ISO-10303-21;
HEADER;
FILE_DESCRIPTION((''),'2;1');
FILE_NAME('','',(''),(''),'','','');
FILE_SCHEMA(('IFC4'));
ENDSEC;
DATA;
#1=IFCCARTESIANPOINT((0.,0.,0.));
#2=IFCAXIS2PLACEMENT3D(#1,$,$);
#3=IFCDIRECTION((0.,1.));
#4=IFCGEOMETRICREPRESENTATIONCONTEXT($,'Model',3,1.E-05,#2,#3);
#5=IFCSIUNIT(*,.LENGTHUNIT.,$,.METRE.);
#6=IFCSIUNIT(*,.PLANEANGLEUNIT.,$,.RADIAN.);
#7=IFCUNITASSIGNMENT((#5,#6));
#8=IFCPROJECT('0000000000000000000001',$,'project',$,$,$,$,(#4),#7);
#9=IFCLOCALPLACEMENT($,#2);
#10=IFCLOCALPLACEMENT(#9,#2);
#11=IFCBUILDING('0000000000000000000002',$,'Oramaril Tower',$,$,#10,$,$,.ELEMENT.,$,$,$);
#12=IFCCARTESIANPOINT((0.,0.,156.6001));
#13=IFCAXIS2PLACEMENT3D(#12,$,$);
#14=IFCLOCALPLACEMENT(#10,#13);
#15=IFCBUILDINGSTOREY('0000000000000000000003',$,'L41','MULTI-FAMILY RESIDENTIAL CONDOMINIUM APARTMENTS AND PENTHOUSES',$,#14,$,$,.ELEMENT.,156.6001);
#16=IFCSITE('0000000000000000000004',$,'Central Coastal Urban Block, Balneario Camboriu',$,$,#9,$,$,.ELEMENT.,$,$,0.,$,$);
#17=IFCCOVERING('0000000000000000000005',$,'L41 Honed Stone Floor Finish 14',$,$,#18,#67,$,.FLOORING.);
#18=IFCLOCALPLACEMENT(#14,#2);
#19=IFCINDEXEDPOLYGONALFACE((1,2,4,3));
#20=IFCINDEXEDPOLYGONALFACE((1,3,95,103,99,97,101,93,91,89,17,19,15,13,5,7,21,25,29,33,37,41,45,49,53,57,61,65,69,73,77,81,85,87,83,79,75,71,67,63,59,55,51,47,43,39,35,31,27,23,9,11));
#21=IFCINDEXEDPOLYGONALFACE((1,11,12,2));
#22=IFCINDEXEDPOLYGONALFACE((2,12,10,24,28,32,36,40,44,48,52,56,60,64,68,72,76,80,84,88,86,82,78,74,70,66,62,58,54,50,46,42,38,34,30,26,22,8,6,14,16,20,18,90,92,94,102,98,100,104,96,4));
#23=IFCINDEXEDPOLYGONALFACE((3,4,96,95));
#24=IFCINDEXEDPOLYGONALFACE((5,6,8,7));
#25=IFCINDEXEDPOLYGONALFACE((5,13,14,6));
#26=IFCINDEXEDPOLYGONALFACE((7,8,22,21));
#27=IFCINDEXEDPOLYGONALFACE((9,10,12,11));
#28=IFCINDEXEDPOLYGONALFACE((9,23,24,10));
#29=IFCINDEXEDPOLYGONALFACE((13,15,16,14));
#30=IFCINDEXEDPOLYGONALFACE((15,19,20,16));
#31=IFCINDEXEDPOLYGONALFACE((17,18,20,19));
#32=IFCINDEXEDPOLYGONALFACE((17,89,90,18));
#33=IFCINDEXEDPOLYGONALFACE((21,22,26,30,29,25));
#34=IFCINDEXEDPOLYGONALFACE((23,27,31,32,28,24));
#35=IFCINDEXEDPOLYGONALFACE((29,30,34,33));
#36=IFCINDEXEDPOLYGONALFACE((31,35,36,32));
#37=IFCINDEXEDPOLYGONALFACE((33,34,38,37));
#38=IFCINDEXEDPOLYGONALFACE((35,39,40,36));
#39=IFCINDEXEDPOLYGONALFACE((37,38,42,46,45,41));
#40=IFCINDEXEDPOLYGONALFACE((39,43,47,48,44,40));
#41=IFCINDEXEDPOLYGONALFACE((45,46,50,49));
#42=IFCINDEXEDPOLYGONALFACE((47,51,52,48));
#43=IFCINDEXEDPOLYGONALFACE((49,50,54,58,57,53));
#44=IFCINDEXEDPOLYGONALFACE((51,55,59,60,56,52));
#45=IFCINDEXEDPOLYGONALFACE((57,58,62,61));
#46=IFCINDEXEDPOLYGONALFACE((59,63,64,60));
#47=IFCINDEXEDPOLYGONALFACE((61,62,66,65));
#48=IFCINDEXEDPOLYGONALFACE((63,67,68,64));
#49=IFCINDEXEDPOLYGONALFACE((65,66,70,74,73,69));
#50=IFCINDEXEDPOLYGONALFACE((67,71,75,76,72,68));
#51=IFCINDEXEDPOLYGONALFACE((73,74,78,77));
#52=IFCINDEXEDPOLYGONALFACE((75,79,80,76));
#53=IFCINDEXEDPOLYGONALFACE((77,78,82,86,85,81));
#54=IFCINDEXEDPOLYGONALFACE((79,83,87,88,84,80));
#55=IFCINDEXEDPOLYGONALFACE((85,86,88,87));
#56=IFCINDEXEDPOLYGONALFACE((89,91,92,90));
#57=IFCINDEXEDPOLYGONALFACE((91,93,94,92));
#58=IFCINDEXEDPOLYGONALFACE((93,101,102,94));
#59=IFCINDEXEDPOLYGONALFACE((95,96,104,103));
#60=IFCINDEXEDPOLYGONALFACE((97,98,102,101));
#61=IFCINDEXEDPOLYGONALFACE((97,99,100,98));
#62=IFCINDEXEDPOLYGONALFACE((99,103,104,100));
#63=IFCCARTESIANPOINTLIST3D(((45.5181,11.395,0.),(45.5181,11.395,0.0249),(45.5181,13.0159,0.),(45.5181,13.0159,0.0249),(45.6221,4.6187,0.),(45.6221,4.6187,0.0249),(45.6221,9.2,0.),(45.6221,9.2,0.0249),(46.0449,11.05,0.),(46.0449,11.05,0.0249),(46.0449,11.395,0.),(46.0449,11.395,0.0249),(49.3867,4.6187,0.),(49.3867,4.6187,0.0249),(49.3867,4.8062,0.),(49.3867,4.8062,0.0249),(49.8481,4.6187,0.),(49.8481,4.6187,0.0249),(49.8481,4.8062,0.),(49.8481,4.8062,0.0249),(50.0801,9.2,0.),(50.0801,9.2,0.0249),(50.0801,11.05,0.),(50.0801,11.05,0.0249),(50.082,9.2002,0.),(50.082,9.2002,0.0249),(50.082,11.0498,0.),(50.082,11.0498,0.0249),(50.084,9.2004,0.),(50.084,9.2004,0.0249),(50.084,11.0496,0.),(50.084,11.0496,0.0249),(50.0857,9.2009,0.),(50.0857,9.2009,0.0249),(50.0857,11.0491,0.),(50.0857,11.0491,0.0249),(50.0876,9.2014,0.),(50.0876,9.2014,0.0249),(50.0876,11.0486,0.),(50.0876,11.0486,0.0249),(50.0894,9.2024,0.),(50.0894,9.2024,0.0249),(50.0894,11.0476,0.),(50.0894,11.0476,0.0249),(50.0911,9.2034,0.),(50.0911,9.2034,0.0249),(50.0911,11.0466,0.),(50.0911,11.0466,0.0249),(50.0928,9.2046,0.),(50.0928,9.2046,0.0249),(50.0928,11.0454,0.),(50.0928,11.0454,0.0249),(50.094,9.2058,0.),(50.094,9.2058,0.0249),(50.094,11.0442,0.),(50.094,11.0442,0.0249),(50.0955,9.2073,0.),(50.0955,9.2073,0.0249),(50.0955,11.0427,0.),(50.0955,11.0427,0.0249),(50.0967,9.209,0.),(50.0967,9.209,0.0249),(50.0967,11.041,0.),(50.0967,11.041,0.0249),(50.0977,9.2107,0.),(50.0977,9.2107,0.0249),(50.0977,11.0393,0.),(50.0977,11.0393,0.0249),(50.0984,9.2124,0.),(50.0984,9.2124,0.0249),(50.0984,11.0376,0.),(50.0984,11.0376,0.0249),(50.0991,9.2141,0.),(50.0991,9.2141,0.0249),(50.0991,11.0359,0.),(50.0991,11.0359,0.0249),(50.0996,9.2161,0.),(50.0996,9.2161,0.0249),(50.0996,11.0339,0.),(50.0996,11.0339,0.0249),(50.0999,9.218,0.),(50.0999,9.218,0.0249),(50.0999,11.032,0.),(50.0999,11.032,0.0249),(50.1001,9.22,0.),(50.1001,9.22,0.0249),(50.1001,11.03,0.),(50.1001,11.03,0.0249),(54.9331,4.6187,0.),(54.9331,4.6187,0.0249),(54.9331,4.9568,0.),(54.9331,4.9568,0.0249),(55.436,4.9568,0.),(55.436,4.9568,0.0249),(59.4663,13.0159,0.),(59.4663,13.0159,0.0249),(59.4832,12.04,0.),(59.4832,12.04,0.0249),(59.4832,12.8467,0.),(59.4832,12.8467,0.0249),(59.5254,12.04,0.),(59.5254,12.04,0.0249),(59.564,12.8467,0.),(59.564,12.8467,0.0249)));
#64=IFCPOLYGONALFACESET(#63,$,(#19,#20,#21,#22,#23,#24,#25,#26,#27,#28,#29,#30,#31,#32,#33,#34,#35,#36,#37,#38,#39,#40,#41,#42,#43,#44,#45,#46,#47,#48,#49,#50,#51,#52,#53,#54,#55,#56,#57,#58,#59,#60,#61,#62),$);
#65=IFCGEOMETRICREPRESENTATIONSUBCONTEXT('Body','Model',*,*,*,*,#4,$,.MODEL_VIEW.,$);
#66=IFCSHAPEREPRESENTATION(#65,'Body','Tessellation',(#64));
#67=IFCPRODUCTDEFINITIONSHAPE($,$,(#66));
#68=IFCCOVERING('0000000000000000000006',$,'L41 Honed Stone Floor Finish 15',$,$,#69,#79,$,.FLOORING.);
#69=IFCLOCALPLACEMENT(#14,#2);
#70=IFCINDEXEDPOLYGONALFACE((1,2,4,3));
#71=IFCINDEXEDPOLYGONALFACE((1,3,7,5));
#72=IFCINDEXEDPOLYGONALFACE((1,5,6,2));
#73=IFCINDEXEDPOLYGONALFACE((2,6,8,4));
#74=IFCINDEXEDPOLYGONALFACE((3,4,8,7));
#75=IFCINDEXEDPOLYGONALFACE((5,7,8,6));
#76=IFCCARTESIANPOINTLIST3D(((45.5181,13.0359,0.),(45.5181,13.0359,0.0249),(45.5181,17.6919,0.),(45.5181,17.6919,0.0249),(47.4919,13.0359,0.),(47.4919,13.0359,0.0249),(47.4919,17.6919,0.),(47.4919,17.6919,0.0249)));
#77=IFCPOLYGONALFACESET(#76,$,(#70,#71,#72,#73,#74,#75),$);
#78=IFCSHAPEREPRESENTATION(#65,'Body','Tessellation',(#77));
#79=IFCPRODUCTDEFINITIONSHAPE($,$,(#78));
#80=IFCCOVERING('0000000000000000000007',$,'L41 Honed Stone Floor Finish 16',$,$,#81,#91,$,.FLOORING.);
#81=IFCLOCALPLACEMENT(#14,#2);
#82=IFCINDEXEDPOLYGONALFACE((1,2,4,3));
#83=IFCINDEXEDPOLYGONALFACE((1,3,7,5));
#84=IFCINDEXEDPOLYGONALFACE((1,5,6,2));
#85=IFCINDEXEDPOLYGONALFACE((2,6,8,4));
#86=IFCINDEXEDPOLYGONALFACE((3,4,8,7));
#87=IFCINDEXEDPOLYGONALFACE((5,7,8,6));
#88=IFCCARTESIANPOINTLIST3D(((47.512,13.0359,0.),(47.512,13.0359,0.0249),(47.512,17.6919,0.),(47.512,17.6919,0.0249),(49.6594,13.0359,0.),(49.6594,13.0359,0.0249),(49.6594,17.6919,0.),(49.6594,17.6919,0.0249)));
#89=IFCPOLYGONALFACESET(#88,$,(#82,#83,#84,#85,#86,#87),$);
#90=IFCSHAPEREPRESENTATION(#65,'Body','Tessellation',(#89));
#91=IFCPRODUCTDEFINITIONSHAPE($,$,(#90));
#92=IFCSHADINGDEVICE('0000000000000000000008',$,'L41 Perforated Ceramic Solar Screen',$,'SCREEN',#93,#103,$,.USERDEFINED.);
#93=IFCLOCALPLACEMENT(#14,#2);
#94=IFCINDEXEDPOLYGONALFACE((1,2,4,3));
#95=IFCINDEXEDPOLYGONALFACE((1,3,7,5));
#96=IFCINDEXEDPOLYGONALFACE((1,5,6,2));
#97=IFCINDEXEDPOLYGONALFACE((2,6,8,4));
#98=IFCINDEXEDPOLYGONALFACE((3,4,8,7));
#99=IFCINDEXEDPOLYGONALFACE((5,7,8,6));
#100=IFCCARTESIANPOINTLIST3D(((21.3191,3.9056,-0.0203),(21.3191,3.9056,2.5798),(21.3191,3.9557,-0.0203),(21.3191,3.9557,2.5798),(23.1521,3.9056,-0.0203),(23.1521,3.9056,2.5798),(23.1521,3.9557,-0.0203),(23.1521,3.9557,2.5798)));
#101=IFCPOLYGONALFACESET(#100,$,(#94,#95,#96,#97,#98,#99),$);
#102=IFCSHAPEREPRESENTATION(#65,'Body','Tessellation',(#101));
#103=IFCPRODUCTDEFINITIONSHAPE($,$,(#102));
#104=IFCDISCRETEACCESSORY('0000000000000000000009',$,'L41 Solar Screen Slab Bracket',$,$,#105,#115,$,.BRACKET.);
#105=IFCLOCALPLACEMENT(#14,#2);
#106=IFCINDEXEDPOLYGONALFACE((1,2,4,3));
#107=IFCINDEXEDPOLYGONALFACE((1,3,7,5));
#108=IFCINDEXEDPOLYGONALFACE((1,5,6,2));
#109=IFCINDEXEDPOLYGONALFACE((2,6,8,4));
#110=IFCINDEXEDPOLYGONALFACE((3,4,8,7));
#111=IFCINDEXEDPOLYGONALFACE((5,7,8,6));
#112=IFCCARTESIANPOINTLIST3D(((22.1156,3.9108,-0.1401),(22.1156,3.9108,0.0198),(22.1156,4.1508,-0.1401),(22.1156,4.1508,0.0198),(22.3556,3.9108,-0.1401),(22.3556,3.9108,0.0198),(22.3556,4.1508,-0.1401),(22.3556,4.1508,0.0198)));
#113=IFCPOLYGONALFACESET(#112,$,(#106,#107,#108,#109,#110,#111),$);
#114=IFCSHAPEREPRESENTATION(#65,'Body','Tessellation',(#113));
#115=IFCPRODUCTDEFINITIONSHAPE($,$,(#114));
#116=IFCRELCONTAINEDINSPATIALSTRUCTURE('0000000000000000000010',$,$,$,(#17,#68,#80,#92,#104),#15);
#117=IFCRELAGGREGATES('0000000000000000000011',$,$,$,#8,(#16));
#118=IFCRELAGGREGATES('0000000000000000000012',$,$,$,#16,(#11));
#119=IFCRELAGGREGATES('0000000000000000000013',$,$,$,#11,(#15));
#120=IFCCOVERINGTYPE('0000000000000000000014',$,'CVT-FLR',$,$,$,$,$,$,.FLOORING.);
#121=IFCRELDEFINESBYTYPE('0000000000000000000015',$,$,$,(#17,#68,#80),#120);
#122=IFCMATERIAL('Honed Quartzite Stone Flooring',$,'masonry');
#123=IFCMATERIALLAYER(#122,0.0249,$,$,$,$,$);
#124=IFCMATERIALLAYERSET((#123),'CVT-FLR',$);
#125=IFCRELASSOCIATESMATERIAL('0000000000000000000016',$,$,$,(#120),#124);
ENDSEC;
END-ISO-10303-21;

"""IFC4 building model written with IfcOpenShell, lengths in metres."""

from ifc_helpers import new_model, si_unit, direction, frame, origin, origin_2d, place, context, subcontext, project, spatial, polyline, rectangle, outline, extrude, material, layer, layer_set, type_object, element, save


model = new_model("IFC4")

# Units and contexts
model_context = context("Model", 3, precision=1e-05, world=origin(), true_north=direction((0.0, 1.0)))
body_context = subcontext(model_context, "Body", "Model", "MODEL_VIEW")
ifc_project = project(units=[si_unit("LENGTHUNIT", "METRE"), si_unit("PLANEANGLEUNIT", "RADIAN")], contexts=[model_context])

# Site, building, storey
site_placement = place(None, origin())
site = spatial("IfcSite", under=ifc_project, at=site_placement, Name="Central Coastal Urban Block, Balneario Camboriu", CompositionType="ELEMENT", RefElevation=0.0)
building_placement = place(site_placement, origin())
building = spatial("IfcBuilding", under=site, at=building_placement, Name="Oramaril Tower", CompositionType="ELEMENT")
storey_placement = place(building_placement, frame((0.0, 0.0, 156.6001)))
storey = spatial("IfcBuildingStorey", under=building, at=storey_placement, Name="L41", Description="MULTI-FAMILY RESIDENTIAL CONDOMINIUM APARTMENTS AND PENTHOUSES", CompositionType="ELEMENT", Elevation=156.6001)

# Coverings
ifc_material_1 = material(Name="Honed Quartzite Stone Flooring", Category="masonry")
ifc_layer_1 = layer(ifc_material_1, 0.0249)
ifc_layer_set_1 = layer_set([ifc_layer_1], Name="CVT-FLR")
covering_type_1 = type_object("IfcCoveringType", Name="CVT-FLR", PredefinedType="FLOORING", material=ifc_layer_set_1)
covering_1_placement = place(storey_placement, origin())
element("IfcCovering", 1, at=covering_1_placement, inside=storey, type_object=covering_type_1, Name="L41 Honed Stone Floor Finish 14", PredefinedType="FLOORING", context=body_context, shape_type="SweptSolid", body=[
    extrude(outline(polyline([(46.0449, 11.395), (45.5181, 11.395), (45.5181, 13.0159), (59.4663, 13.0159), (59.564, 12.8467), (59.4832, 12.8467), (59.4832, 12.04), (59.5254, 12.04), (55.436, 4.9568), (54.9331, 4.9568), (54.9331, 4.6187), (49.8481, 4.6187), (49.8481, 4.8062), (49.3867, 4.8062), (49.3867, 4.6187), (45.6221, 4.6187), (45.6221, 9.2), (50.0801, 9.2), (50.082, 9.2002), (50.084, 9.2004), (50.0857, 9.2009), (50.0876, 9.2014), (50.0894, 9.2024), (50.0911, 9.2034), (50.0928, 9.2046), (50.094, 9.2058), (50.0955, 9.2073), (50.0967, 9.209), (50.0977, 9.2107), (50.0984, 9.2124), (50.0991, 9.2141), (50.0996, 9.2161), (50.0999, 9.218), (50.1001, 9.22), (50.1001, 11.03), (50.0999, 11.032), (50.0996, 11.0339), (50.0991, 11.0359), (50.0984, 11.0376), (50.0977, 11.0393), (50.0967, 11.041), (50.0955, 11.0427), (50.094, 11.0442), (50.0928, 11.0454), (50.0911, 11.0466), (50.0894, 11.0476), (50.0876, 11.0486), (50.0857, 11.0491), (50.084, 11.0496), (50.082, 11.0498), (50.0801, 11.05), (46.0449, 11.05), (46.0449, 11.395)])), origin(), (0.0, 0.0, 1.0), 0.0249),
])
covering_2_placement = place(storey_placement, origin())
element("IfcCovering", 2, at=covering_2_placement, inside=storey, type_object=covering_type_1, Name="L41 Honed Stone Floor Finish 15", PredefinedType="FLOORING", context=body_context, shape_type="SweptSolid", body=[
    extrude(outline(polyline([(45.5181, 17.6919), (47.4919, 17.6919), (47.4919, 13.0359), (45.5181, 13.0359), (45.5181, 17.6919)])), origin(), (0.0, 0.0, 1.0), 0.0249),
])
covering_3_placement = place(storey_placement, origin())
element("IfcCovering", 3, at=covering_3_placement, inside=storey, type_object=covering_type_1, Name="L41 Honed Stone Floor Finish 16", PredefinedType="FLOORING", context=body_context, shape_type="SweptSolid", body=[
    extrude(outline(polyline([(49.6594, 17.6919), (49.6594, 13.0359), (47.512, 13.0359), (47.512, 17.6919), (49.6594, 17.6919)])), origin(), (0.0, 0.0, 1.0), 0.0249),
])

# Shading device
shading_device_placement = place(storey_placement, frame((22.2356, 3.9307, -0.0203), z_axis=(0.0, 0.0, 1.0), x_axis=(1.0, 0.0, 0.0)))
element("IfcShadingDevice", 4, at=shading_device_placement, inside=storey, Name="L41 Perforated Ceramic Solar Screen", ObjectType="SCREEN", PredefinedType="USERDEFINED", context=body_context, shape_type="SweptSolid", body=[
    extrude(rectangle(XDim=1.833, YDim=0.05, at=origin_2d()), origin(), (0.0, 0.0, 1.0), 2.6001),
])

# Discrete accessory
discrete_accessory_placement = place(storey_placement, frame((22.2356, 4.0308, -0.1401), z_axis=(0.0, 0.0, 1.0), x_axis=(1.0, 0.0, 0.0)))
element("IfcDiscreteAccessory", 5, at=discrete_accessory_placement, inside=storey, Name="L41 Solar Screen Slab Bracket", PredefinedType="BRACKET", context=body_context, shape_type="SweptSolid", body=[
    extrude(rectangle(XDim=0.24, YDim=0.24, at=origin_2d()), origin(), (0.0, 0.0, 1.0), 0.1599),
])

save(model, "model.ifc")
